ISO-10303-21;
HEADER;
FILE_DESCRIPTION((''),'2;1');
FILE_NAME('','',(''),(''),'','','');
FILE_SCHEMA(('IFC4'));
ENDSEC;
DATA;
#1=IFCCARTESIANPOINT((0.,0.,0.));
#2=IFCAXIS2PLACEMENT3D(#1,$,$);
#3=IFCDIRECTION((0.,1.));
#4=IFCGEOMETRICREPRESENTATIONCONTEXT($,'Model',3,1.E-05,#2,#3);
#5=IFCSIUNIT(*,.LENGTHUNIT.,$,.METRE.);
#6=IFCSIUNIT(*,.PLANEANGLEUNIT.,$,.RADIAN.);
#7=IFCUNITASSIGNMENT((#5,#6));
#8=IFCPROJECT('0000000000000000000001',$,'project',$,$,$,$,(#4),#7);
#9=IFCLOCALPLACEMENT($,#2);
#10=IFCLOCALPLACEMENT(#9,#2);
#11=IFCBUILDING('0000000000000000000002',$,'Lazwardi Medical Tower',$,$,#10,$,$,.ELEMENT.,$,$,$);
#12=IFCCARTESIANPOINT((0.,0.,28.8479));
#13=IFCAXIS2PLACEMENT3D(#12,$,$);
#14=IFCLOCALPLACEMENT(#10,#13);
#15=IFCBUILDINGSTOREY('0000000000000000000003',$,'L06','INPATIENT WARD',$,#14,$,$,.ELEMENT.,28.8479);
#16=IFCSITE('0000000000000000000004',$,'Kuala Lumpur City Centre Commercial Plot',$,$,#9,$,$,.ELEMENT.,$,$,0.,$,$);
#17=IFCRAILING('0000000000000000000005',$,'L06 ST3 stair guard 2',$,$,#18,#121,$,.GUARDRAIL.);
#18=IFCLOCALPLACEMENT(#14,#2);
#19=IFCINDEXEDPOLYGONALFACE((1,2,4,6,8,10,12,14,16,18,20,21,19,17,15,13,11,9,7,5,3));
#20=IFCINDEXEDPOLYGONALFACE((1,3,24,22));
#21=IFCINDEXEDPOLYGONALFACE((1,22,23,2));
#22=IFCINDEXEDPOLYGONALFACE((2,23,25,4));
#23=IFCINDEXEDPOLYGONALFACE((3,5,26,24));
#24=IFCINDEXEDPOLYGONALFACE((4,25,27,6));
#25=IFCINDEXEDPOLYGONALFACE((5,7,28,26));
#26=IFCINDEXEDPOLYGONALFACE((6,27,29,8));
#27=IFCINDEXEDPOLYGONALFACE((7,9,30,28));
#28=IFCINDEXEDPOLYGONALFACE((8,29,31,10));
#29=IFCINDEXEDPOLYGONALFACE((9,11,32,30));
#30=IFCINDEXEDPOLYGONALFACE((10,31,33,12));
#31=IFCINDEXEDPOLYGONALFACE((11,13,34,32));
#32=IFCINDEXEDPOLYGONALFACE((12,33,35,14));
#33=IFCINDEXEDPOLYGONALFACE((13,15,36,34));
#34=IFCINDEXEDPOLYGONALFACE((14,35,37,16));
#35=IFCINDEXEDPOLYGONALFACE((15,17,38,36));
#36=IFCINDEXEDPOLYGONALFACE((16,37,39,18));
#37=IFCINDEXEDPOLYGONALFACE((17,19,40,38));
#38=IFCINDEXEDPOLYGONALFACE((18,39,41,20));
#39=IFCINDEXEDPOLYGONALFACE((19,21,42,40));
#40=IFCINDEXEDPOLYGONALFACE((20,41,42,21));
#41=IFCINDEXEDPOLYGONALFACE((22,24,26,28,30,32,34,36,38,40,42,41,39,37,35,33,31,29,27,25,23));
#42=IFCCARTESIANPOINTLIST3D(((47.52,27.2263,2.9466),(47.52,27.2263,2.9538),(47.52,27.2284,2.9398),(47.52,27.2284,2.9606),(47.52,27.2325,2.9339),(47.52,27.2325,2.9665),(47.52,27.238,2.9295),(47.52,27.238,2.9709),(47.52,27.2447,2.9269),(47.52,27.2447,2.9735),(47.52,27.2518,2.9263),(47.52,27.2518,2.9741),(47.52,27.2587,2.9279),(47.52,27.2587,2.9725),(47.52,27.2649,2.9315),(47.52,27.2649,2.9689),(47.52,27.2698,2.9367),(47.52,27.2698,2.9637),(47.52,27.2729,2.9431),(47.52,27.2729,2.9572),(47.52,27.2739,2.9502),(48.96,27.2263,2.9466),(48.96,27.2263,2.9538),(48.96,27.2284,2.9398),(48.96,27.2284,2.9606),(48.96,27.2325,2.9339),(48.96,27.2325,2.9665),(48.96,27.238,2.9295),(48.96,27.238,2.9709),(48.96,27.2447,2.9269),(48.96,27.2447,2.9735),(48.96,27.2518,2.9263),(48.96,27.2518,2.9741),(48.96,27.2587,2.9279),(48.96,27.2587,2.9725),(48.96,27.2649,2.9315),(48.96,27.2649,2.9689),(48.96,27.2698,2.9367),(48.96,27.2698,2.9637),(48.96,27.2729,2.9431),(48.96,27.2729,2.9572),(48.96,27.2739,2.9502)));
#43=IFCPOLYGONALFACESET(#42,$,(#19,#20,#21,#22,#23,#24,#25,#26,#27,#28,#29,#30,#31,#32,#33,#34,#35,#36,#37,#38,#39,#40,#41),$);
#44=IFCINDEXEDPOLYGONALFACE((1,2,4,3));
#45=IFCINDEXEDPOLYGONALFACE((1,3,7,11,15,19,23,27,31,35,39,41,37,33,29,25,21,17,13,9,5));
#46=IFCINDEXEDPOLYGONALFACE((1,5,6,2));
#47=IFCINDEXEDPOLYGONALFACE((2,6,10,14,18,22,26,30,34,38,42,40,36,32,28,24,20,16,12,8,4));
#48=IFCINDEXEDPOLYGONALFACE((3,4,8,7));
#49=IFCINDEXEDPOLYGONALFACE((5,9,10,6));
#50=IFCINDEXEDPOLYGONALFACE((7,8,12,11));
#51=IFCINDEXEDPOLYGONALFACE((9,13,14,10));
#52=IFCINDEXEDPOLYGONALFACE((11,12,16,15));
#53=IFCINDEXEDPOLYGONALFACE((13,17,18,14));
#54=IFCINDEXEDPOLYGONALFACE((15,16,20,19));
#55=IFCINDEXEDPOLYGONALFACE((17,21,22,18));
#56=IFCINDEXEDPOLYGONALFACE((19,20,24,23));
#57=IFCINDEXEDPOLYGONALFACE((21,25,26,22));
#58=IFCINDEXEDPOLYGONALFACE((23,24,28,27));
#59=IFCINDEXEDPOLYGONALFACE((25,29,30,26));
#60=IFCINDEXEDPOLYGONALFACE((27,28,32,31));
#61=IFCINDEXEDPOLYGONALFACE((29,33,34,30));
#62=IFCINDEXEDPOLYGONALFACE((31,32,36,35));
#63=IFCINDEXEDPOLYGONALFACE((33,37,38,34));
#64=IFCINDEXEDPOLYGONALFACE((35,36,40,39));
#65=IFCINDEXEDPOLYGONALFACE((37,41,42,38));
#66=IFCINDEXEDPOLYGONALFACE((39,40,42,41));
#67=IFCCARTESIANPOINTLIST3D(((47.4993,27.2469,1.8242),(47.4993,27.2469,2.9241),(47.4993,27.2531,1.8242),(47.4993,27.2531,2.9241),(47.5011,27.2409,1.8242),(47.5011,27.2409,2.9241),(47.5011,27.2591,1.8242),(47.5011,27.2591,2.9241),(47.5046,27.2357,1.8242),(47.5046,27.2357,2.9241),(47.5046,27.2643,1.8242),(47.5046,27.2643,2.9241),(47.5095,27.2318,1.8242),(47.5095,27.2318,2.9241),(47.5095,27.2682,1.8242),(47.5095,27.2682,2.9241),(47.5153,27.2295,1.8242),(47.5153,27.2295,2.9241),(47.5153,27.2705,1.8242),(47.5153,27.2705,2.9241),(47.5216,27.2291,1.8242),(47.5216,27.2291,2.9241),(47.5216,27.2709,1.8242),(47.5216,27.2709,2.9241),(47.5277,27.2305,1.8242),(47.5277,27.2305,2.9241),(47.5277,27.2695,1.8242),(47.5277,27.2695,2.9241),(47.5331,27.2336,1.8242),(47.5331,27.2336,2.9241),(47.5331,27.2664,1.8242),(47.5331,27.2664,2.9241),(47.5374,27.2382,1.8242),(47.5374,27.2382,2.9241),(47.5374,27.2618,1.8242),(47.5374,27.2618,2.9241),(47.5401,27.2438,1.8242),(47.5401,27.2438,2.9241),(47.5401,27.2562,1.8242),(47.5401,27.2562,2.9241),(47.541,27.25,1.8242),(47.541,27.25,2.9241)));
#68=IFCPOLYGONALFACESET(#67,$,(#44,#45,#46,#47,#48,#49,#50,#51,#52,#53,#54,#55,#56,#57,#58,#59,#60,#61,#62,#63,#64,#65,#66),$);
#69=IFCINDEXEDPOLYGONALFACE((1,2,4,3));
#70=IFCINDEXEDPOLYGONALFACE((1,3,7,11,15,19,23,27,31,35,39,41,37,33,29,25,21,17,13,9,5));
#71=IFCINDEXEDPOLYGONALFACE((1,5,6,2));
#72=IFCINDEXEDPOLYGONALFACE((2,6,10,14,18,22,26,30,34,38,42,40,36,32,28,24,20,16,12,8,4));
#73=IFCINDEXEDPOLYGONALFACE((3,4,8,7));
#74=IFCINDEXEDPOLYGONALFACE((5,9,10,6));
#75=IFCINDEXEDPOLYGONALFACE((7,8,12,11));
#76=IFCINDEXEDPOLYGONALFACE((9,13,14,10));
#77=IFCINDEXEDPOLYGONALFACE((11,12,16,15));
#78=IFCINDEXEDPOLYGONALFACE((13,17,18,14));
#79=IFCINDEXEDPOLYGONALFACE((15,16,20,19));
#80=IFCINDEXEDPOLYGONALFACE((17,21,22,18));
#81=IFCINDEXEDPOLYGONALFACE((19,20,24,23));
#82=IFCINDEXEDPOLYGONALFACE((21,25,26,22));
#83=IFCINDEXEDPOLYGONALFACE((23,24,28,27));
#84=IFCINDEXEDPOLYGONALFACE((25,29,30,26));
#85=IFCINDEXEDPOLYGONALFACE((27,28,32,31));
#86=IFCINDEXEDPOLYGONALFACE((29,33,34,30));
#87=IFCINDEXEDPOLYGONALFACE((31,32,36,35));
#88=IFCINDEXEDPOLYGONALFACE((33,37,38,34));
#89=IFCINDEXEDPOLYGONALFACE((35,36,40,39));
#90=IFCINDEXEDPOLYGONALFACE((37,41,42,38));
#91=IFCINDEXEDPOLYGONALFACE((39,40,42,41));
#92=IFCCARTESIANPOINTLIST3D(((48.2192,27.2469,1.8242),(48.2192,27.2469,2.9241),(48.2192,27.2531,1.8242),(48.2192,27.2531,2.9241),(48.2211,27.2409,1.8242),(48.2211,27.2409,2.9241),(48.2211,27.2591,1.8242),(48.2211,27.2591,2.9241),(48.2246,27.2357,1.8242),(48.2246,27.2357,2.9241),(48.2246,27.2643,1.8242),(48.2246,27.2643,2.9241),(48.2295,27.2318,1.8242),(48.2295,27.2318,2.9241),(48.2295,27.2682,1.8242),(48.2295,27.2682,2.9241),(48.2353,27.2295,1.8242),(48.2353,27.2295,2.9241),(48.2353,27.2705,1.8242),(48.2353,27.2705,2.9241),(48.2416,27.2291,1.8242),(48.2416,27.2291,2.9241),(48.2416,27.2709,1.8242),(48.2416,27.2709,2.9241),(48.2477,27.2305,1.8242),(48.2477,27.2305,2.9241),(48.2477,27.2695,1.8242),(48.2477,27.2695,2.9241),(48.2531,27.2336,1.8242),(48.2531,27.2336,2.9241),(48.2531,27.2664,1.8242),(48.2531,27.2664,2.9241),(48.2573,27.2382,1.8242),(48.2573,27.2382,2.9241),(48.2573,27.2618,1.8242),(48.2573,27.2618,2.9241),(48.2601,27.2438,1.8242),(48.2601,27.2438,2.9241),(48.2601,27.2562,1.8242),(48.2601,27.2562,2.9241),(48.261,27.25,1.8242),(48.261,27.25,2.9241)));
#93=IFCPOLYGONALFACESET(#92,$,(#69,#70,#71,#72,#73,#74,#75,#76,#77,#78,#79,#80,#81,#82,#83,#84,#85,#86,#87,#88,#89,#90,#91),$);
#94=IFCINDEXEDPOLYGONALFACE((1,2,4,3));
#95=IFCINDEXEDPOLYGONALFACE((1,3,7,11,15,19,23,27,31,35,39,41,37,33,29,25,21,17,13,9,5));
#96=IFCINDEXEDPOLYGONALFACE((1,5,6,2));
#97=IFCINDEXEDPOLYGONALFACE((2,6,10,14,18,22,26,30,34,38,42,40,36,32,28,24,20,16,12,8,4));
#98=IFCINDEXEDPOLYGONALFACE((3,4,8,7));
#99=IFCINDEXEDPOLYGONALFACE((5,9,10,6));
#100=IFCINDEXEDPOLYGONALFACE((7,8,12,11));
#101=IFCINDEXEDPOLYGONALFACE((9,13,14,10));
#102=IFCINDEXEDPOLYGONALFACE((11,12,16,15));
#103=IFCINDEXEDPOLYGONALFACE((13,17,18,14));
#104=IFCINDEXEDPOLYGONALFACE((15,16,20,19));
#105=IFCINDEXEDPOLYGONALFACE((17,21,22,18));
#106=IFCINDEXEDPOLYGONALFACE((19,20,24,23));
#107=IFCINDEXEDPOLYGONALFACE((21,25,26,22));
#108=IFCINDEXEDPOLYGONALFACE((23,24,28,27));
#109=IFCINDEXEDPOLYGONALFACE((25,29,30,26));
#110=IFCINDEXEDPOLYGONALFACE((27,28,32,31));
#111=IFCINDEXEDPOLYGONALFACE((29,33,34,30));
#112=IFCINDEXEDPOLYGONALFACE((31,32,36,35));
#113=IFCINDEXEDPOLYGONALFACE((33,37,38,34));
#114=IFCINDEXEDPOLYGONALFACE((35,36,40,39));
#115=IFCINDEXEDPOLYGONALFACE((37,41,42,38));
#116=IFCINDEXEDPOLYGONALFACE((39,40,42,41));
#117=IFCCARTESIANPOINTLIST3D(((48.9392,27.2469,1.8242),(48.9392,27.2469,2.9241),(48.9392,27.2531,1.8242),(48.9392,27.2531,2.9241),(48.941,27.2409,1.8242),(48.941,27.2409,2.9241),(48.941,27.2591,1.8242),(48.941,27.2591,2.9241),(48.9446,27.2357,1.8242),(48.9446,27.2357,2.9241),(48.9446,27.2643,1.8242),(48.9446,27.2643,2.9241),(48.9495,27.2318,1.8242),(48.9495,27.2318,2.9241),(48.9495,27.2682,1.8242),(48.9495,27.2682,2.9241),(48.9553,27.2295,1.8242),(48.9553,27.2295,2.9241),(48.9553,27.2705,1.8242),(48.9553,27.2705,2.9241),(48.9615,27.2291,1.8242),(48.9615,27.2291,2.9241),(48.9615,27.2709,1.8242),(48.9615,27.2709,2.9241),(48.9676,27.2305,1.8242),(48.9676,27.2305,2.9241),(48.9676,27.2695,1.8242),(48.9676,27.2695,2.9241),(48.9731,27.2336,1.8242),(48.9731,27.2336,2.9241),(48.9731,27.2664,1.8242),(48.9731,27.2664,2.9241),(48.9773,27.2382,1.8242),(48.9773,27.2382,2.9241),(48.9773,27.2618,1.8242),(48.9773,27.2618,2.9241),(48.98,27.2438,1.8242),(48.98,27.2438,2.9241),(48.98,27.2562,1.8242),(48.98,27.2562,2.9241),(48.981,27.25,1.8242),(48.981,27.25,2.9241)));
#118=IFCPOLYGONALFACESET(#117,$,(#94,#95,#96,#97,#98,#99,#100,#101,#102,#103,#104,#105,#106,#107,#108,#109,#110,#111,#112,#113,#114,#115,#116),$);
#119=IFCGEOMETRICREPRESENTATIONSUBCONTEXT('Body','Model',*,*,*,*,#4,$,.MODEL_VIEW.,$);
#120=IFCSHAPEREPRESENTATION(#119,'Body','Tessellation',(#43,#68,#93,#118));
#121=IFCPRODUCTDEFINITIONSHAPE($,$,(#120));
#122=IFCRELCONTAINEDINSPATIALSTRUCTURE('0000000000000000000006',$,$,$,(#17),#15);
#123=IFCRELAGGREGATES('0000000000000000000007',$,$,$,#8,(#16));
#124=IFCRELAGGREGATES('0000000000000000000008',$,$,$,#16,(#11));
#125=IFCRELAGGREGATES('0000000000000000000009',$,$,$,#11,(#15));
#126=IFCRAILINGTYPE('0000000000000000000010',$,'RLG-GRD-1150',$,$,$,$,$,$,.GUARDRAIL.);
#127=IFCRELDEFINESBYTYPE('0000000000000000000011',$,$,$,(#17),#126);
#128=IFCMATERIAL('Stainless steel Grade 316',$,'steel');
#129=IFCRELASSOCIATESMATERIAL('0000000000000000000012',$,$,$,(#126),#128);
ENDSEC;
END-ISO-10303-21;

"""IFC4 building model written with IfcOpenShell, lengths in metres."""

from ifc_helpers import new_model, si_unit, direction, frame, origin, origin_2d, place, context, subcontext, project, spatial, circle, extrude, material, type_object, element, save


model = new_model("IFC4")

# Units and contexts
model_context = context("Model", 3, precision=1e-05, world=origin(), true_north=direction((0.0, 1.0)))
body_context = subcontext(model_context, "Body", "Model", "MODEL_VIEW")
ifc_project = project(units=[si_unit("LENGTHUNIT", "METRE"), si_unit("PLANEANGLEUNIT", "RADIAN")], contexts=[model_context])

# Site, building, storey
site_placement = place(None, origin())
site = spatial("IfcSite", under=ifc_project, at=site_placement, Name="Kuala Lumpur City Centre Commercial Plot", CompositionType="ELEMENT", RefElevation=0.0)
building_placement = place(site_placement, origin())
building = spatial("IfcBuilding", under=site, at=building_placement, Name="Lazwardi Medical Tower", CompositionType="ELEMENT")
storey_placement = place(building_placement, frame((0.0, 0.0, 28.8479)))
storey = spatial("IfcBuildingStorey", under=building, at=storey_placement, Name="L06", Description="INPATIENT WARD", CompositionType="ELEMENT", Elevation=28.8479)

# Railing
ifc_material_1 = material(Name="Stainless steel Grade 316", Category="steel")
railing_type_1 = type_object("IfcRailingType", Name="RLG-GRD-1150", PredefinedType="GUARDRAIL", material=ifc_material_1)
railing_1_placement = place(storey_placement, frame((47.52, 27.25, 1.8242)))
element("IfcRailing", 1, at=railing_1_placement, inside=storey, type_object=railing_type_1, Name="L06 ST3 stair guard 2", PredefinedType="GUARDRAIL", context=body_context, shape_type="SweptSolid", body=[
    extrude(circle(Radius=0.0239, at=origin_2d()), frame((0.0, 0.0, 1.126), z_axis=(1.0, 0.0, 0.0), x_axis=(0.0, 1.0, 0.0)), (0.0, 0.0, 1.0), 1.4399),
    extrude(circle(Radius=0.021, at=origin_2d()), origin(), (0.0, 0.0, 1.0), 1.0999),
    extrude(circle(Radius=0.021, at=origin_2d()), frame((0.72, 0.0, 0.0)), (0.0, 0.0, 1.0), 1.0999),
    extrude(circle(Radius=0.021, at=origin_2d()), frame((1.4399, 0.0, 0.0)), (0.0, 0.0, 1.0), 1.0999),
])

save(model, "model.ifc")
